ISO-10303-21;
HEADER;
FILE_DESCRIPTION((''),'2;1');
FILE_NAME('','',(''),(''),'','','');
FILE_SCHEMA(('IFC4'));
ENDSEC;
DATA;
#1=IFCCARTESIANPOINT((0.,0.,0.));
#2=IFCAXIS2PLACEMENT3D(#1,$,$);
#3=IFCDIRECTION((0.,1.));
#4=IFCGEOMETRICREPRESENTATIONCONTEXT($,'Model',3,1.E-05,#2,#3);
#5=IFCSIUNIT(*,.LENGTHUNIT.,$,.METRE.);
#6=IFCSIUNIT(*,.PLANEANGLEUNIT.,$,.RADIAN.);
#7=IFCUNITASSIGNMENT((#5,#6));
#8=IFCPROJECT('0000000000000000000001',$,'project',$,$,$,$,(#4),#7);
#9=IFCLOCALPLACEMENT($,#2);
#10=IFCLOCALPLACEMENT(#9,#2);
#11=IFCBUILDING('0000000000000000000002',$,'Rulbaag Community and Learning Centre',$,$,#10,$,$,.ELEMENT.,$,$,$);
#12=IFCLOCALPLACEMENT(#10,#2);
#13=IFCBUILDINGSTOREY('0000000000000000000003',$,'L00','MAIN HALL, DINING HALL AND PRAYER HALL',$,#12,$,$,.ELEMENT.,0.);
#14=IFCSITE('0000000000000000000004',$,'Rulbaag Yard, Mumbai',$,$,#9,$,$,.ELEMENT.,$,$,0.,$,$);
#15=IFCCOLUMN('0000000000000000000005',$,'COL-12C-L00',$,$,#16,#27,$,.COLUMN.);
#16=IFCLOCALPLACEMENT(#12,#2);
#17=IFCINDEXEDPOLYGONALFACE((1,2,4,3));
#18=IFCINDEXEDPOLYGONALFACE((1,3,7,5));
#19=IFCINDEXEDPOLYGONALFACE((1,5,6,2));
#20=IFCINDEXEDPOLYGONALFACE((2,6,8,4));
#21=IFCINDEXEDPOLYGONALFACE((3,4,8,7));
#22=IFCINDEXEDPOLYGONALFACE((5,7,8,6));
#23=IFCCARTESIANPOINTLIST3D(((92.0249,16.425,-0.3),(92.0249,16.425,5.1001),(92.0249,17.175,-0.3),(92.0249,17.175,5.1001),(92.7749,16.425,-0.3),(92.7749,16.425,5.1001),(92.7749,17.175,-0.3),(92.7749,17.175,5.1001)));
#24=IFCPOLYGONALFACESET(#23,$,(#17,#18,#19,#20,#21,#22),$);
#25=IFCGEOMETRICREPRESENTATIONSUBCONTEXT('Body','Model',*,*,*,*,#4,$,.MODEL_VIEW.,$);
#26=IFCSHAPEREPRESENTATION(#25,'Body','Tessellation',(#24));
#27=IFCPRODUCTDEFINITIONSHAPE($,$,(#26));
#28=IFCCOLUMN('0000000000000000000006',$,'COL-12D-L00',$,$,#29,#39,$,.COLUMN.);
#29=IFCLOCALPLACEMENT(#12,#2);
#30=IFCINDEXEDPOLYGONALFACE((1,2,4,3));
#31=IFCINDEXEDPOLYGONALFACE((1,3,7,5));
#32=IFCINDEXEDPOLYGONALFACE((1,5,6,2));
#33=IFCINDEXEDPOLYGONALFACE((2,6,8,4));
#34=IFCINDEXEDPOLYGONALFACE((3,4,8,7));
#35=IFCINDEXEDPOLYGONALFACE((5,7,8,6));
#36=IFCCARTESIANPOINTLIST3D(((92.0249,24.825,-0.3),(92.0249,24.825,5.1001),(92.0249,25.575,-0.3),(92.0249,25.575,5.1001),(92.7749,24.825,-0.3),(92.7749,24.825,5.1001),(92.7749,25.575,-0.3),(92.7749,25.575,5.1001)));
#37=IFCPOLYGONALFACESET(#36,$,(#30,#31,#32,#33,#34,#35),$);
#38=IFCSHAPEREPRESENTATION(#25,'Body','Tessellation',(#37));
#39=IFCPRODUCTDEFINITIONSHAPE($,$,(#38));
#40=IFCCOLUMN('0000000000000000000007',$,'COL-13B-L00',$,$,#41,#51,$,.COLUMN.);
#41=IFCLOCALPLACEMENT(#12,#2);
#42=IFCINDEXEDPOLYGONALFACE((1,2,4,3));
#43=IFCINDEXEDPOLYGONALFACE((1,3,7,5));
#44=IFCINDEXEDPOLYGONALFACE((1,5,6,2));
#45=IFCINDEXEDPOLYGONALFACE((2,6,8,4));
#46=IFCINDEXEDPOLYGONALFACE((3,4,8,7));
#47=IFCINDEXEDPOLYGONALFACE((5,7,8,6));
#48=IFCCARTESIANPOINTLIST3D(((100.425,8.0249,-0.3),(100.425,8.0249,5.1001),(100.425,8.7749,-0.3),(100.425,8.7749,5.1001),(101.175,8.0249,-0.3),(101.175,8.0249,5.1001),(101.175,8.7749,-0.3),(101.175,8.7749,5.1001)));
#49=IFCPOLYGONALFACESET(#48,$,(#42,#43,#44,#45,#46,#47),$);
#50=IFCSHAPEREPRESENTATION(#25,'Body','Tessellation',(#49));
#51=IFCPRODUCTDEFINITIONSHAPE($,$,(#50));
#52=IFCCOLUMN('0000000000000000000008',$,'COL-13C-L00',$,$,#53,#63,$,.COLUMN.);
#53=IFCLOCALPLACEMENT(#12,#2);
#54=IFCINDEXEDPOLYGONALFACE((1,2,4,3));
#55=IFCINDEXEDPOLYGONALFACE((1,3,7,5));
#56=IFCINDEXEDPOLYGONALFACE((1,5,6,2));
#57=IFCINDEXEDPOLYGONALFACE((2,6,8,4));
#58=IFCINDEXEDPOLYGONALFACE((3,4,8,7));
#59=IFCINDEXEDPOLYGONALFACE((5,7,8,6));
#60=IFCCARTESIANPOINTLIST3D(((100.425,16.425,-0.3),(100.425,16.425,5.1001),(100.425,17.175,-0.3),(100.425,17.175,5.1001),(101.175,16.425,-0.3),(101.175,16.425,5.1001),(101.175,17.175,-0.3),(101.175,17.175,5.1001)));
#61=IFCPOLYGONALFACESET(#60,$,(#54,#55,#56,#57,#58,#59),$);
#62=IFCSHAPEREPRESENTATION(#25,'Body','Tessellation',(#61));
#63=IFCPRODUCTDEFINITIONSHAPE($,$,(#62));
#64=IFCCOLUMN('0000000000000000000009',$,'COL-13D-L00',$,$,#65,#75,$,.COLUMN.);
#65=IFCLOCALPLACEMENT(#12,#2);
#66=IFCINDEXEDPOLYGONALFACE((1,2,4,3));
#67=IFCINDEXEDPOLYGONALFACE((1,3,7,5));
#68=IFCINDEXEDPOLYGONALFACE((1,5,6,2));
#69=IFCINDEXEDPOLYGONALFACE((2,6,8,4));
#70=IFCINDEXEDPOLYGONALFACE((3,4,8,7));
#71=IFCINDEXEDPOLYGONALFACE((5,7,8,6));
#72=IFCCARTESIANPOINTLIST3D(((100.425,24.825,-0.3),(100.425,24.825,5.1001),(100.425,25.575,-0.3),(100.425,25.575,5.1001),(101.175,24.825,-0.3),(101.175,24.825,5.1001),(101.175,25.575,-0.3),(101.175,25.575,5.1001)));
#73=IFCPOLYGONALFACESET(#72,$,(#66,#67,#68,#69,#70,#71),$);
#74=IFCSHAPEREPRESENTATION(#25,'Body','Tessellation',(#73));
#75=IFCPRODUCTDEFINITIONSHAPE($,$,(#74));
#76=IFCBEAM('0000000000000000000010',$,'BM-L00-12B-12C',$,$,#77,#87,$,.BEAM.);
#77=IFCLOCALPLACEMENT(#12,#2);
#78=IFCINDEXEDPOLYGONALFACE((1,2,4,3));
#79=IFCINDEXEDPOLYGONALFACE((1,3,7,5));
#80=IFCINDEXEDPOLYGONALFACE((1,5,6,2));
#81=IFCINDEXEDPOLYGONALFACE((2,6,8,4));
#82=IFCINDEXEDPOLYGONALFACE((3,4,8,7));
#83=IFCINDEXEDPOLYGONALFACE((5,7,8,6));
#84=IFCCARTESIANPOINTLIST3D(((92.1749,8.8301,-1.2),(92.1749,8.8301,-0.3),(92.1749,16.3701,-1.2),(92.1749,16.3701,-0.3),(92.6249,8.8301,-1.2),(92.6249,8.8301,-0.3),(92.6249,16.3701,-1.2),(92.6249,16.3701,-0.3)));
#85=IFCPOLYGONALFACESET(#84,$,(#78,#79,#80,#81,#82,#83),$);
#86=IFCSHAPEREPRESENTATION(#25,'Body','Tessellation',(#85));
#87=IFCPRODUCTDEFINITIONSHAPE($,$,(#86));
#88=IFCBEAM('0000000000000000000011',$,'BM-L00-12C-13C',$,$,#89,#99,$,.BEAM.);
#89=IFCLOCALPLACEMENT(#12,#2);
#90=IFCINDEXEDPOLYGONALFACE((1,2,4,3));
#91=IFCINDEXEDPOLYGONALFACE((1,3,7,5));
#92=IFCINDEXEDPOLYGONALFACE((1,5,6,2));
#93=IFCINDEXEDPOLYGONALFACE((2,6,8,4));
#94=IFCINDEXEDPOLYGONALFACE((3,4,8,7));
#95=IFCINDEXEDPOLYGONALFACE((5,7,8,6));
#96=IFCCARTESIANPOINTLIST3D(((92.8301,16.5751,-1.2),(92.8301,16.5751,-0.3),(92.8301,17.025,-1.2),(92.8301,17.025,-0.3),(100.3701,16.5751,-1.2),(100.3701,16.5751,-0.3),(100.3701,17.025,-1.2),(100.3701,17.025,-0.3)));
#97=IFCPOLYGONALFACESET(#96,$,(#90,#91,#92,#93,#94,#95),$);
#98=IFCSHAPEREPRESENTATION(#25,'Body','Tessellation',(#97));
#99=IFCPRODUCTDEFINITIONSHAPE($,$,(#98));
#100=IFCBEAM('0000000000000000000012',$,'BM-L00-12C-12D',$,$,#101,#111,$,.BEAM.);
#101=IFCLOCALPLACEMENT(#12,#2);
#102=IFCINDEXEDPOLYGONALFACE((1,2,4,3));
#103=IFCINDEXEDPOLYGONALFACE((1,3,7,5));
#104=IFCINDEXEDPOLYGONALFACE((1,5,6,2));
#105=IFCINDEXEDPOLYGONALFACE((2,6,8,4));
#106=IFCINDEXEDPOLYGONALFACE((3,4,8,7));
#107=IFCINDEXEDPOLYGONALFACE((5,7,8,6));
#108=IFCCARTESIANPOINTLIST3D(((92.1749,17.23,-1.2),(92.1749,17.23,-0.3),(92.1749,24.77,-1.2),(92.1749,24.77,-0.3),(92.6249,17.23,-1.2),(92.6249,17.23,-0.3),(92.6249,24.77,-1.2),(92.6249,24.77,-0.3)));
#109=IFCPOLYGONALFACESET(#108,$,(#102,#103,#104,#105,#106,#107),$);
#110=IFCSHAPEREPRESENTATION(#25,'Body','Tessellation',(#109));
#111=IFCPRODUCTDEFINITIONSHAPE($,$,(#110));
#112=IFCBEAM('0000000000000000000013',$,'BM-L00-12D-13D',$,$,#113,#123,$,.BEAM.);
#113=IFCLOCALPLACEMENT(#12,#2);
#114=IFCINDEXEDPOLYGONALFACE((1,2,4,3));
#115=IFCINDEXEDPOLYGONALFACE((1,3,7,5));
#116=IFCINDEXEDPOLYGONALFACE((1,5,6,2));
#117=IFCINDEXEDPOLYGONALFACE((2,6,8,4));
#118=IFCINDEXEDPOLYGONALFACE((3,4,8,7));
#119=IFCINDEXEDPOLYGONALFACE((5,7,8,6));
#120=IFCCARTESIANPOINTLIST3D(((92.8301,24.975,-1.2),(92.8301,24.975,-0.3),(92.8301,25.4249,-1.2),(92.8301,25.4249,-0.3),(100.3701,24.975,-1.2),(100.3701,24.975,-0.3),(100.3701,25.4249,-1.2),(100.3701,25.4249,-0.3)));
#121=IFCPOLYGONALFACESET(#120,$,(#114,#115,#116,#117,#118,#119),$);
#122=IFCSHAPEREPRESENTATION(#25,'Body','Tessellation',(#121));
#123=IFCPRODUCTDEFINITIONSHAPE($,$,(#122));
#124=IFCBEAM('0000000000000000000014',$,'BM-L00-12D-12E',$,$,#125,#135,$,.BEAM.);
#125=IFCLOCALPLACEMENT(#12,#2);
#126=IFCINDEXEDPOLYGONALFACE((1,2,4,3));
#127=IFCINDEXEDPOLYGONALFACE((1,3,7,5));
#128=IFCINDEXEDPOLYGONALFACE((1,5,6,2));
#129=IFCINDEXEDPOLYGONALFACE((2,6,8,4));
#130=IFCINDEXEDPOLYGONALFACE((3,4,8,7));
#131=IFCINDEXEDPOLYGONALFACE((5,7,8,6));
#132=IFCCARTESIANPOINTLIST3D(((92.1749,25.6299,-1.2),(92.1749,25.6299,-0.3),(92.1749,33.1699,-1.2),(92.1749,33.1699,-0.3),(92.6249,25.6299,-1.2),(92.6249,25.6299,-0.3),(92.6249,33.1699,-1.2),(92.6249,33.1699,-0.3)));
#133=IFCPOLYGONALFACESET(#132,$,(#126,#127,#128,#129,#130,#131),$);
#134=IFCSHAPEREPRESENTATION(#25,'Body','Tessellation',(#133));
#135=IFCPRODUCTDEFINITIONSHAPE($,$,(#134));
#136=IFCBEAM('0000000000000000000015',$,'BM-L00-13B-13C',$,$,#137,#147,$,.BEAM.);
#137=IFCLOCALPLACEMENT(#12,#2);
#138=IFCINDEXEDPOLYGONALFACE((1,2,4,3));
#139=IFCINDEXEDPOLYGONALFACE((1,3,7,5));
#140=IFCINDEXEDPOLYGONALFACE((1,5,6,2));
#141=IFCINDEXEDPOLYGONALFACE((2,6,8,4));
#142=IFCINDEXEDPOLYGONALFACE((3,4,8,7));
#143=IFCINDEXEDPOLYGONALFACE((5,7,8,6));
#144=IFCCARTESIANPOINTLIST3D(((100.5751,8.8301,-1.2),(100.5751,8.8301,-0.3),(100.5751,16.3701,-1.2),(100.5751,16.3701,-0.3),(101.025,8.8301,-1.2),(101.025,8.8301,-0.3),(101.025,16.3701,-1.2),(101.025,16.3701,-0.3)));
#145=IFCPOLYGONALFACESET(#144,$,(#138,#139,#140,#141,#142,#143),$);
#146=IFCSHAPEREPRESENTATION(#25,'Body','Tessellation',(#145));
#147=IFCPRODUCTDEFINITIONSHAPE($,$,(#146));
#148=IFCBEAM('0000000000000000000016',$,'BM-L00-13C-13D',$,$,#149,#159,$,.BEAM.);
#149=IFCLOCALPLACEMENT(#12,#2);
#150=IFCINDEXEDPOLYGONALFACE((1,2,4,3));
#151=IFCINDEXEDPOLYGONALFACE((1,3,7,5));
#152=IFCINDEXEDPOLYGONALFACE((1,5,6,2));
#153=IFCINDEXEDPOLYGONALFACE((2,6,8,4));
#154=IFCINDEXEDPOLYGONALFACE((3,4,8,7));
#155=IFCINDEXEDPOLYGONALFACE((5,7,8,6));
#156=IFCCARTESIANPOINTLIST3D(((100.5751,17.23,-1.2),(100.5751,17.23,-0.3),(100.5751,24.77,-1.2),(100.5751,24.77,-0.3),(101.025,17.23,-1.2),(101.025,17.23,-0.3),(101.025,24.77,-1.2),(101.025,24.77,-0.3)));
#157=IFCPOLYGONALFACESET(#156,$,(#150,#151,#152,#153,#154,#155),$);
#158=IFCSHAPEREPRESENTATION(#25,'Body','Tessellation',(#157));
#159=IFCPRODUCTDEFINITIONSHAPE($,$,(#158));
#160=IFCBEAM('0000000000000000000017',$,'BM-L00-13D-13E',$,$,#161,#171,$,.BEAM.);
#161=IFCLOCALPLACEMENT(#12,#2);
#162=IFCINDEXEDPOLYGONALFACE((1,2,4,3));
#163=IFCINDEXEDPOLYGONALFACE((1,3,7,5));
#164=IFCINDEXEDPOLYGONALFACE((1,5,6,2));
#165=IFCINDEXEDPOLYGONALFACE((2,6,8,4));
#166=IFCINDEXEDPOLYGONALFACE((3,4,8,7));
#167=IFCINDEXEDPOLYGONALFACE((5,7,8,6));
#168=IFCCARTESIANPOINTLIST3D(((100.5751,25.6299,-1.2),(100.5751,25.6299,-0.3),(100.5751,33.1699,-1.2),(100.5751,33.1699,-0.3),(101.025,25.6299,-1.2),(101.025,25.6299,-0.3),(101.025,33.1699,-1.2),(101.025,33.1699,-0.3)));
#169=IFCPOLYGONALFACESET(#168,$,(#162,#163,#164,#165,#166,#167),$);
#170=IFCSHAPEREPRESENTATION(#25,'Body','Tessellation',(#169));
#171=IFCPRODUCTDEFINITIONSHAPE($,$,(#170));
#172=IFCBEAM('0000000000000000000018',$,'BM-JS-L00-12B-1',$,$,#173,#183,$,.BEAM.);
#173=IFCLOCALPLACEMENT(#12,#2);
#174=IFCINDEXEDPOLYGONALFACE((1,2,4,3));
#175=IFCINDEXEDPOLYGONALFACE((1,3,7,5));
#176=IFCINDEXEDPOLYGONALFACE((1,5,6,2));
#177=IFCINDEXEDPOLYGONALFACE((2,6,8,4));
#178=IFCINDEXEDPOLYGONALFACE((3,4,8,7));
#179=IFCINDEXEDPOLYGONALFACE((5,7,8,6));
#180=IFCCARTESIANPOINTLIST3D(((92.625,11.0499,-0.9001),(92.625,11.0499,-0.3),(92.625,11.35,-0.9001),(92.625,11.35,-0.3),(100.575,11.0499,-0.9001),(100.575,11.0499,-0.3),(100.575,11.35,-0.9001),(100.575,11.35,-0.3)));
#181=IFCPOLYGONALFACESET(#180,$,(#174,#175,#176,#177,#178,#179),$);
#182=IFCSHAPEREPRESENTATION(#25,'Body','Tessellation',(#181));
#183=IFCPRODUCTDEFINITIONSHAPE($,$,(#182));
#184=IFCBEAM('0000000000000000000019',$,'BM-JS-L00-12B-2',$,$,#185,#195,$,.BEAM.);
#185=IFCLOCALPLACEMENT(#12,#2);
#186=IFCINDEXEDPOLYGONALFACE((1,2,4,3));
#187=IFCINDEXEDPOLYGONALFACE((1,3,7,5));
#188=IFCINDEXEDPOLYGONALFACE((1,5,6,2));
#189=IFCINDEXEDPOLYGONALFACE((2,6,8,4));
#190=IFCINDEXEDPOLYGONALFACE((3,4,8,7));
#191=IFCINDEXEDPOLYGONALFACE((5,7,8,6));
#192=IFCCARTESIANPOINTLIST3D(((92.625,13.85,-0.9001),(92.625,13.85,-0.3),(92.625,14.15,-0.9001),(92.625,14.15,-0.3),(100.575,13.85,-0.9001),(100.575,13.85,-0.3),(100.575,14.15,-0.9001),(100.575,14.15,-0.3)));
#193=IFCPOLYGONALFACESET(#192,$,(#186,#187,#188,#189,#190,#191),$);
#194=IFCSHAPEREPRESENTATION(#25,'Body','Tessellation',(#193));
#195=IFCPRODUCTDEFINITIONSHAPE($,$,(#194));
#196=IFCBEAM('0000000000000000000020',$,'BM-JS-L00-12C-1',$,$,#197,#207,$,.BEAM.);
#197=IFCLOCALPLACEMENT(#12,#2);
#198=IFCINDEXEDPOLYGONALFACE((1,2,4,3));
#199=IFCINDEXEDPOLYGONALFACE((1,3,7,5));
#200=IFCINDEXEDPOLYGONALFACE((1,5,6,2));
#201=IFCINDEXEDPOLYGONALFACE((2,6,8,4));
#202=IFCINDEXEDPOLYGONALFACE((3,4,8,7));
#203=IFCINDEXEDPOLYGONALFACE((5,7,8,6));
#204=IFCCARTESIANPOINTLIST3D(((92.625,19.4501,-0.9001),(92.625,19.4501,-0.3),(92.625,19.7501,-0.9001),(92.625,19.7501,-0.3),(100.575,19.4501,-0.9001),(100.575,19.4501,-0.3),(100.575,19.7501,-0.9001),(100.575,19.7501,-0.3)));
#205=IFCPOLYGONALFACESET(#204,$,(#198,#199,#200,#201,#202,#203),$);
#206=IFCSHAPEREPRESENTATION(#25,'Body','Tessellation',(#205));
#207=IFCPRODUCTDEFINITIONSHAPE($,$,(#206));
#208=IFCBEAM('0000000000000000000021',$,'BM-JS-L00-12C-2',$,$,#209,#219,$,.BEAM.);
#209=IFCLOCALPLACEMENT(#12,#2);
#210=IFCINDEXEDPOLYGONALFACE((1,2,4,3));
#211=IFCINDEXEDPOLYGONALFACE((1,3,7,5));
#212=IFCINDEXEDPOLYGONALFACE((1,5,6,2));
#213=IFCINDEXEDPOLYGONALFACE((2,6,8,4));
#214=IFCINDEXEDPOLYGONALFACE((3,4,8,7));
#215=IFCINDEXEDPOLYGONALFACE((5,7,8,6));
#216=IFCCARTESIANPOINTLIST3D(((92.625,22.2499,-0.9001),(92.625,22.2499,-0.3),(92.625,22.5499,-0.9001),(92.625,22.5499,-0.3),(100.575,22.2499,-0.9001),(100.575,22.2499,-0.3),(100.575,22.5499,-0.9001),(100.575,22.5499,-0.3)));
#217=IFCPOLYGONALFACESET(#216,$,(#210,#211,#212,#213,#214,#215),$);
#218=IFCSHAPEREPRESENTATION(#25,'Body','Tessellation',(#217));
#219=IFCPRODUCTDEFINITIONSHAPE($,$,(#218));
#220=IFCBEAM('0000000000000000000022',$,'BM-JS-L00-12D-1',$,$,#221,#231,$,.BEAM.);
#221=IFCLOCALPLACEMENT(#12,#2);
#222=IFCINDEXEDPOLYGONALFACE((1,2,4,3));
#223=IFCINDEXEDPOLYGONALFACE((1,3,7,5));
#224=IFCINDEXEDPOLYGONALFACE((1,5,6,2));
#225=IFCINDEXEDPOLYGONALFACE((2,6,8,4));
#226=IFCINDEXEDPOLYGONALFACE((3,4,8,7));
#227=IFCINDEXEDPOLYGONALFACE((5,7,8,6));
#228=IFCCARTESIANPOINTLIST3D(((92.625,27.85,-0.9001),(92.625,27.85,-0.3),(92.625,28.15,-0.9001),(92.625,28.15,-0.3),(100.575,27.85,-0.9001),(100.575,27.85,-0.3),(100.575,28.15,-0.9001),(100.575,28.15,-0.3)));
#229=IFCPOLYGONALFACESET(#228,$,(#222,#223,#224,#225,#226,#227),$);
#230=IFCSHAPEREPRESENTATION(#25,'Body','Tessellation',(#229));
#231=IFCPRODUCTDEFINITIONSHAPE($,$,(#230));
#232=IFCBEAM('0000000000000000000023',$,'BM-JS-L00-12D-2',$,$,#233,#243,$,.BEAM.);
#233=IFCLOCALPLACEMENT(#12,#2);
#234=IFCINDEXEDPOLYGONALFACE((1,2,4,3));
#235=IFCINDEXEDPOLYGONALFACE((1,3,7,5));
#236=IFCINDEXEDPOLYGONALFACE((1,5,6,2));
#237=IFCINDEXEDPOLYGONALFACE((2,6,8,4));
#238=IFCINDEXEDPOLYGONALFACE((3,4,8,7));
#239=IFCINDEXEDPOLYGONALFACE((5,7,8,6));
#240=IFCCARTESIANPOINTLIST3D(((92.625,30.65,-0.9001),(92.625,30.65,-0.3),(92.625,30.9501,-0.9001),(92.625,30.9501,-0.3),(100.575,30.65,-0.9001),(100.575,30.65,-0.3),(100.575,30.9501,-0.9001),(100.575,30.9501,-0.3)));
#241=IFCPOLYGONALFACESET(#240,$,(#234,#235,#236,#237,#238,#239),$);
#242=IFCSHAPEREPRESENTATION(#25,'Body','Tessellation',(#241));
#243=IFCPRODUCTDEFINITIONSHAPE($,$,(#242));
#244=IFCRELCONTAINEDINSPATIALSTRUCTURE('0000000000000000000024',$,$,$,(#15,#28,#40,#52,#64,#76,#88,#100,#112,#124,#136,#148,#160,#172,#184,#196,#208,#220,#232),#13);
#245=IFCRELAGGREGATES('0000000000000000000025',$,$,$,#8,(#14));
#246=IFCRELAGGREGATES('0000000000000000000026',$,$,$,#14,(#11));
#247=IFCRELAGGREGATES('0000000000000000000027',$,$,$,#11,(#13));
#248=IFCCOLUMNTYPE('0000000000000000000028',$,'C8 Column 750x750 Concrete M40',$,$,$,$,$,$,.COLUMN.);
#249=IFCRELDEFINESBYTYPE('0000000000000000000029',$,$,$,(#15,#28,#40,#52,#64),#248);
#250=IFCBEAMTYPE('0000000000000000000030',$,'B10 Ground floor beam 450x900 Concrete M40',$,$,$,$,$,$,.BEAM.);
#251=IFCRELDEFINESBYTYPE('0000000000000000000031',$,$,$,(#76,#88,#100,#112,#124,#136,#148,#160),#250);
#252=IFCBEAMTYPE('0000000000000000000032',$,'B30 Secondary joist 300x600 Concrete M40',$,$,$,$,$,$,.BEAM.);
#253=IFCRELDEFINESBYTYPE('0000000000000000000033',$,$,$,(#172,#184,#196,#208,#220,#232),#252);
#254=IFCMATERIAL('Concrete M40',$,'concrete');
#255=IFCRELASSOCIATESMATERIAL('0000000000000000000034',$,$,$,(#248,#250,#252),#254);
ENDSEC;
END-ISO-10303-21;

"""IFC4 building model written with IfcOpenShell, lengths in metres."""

from ifc_helpers import new_model, si_unit, direction, frame, origin, origin_2d, place, context, subcontext, project, spatial, rectangle, extrude, material, material_profile, profile_set, type_object, element, save


model = new_model("IFC4")

# Units and contexts
model_context = context("Model", 3, precision=1e-05, world=origin(), true_north=direction((0.0, 1.0)))
body_context = subcontext(model_context, "Body", "Model", "MODEL_VIEW")
ifc_project = project(units=[si_unit("LENGTHUNIT", "METRE"), si_unit("PLANEANGLEUNIT", "RADIAN")], contexts=[model_context])

# Site, building, storey
site_placement = place(None, origin())
site = spatial("IfcSite", under=ifc_project, at=site_placement, Name="Rulbaag Yard, Mumbai", CompositionType="ELEMENT", RefElevation=0.0)
building_placement = place(site_placement, origin())
building = spatial("IfcBuilding", under=site, at=building_placement, Name="Rulbaag Community and Learning Centre", CompositionType="ELEMENT")
storey_placement = place(building_placement, origin())
storey = spatial("IfcBuildingStorey", under=building, at=storey_placement, Name="L00", Description="MAIN HALL, DINING HALL AND PRAYER HALL", CompositionType="ELEMENT", Elevation=0.0)

# Columns
ifc_material_1 = material(Name="Concrete M40", Category="concrete")
ifc_material_profile_1 = material_profile(ifc_material_1, rectangle(XDim=0.75, YDim=0.75, at=origin_2d()), Name="RC750x750")
ifc_profile_set_1 = profile_set([ifc_material_profile_1], Name="Concrete M40")
column_type = type_object("IfcColumnType", Name="C8 Column 750x750 Concrete M40", PredefinedType="COLUMN", material=ifc_profile_set_1)
for number, where, z_axis, x_axis, name in (
    (1, (92.3999, 16.8, -0.3), (0.0, 0.0, 1.0), (1.0, 0.0, 0.0), "COL-12C-L00"),
    (2, (92.3999, 25.2, -0.3), (0.0, 0.0, 1.0), (1.0, 0.0, 0.0), "COL-12D-L00"),
    (3, (100.8, 8.3999, -0.3), (0.0, 0.0, 1.0), (1.0, 0.0, 0.0), "COL-13B-L00"),
    (4, (100.8, 16.8, -0.3), (0.0, 0.0, 1.0), (1.0, 0.0, 0.0), "COL-13C-L00"),
    (5, (100.8, 25.2, -0.3), (0.0, 0.0, 1.0), (1.0, 0.0, 0.0), "COL-13D-L00"),
):
    element("IfcColumn", number, at=place(storey_placement, frame(where, z_axis=z_axis, x_axis=x_axis)), inside=storey, type_object=column_type, Name=name, PredefinedType="COLUMN", context=body_context, shape_type="SweptSolid", body=[
        extrude(rectangle(XDim=0.75, YDim=0.75, at=origin_2d()), origin(), (0.0, 0.0, 1.0), 5.4001),
    ])

# Beams
ifc_material_profile_2 = material_profile(ifc_material_1, rectangle(XDim=0.45, YDim=0.8999, at=origin_2d()), Name="RB450x900")
ifc_profile_set_2 = profile_set([ifc_material_profile_2], Name="Concrete M40")
beam_type_1 = type_object("IfcBeamType", Name="B10 Ground floor beam 450x900 Concrete M40", PredefinedType="BEAM", material=ifc_profile_set_2)
for number, where, z_axis, x_axis, name in (
    (6, (92.3999, 8.8301, -0.75), (0.0, 1.0, 0.0), (-1.0, 0.0, 0.0), "BM-L00-12B-12C"),
    (7, (92.8301, 16.8, -0.75), (1.0, 0.0, 0.0), (0.0, 1.0, 0.0), "BM-L00-12C-13C"),
    (8, (92.3999, 17.23, -0.75), (0.0, 1.0, 0.0), (-1.0, 0.0, 0.0), "BM-L00-12C-12D"),
    (9, (92.8301, 25.2, -0.75), (1.0, 0.0, 0.0), (0.0, 1.0, 0.0), "BM-L00-12D-13D"),
    (10, (92.3999, 25.6299, -0.75), (0.0, 1.0, 0.0), (-1.0, 0.0, 0.0), "BM-L00-12D-12E"),
    (11, (100.8, 8.8301, -0.75), (0.0, 1.0, 0.0), (-1.0, 0.0, 0.0), "BM-L00-13B-13C"),
    (12, (100.8, 17.23, -0.75), (0.0, 1.0, 0.0), (-1.0, 0.0, 0.0), "BM-L00-13C-13D"),
    (13, (100.8, 25.6299, -0.75), (0.0, 1.0, 0.0), (-1.0, 0.0, 0.0), "BM-L00-13D-13E"),
):
    element("IfcBeam", number, at=place(storey_placement, frame(where, z_axis=z_axis, x_axis=x_axis)), inside=storey, type_object=beam_type_1, Name=name, PredefinedType="BEAM", context=body_context, shape_type="SweptSolid", body=[
        extrude(rectangle(XDim=0.45, YDim=0.8999, at=origin_2d()), origin(), (0.0, 0.0, 1.0), 7.54),
    ])
ifc_material_profile_3 = material_profile(ifc_material_1, rectangle(XDim=0.3, YDim=0.6001, at=origin_2d()), Name="RB300x600")
ifc_profile_set_3 = profile_set([ifc_material_profile_3], Name="Concrete M40")
beam_type_2 = type_object("IfcBeamType", Name="B30 Secondary joist 300x600 Concrete M40", PredefinedType="BEAM", material=ifc_profile_set_3)
for number, where, z_axis, x_axis, name in (
    (14, (92.625, 11.2, -0.6001), (1.0, 0.0, 0.0), (0.0, 1.0, 0.0), "BM-JS-L00-12B-1"),
    (15, (92.625, 14.0, -0.6001), (1.0, 0.0, 0.0), (0.0, 1.0, 0.0), "BM-JS-L00-12B-2"),
    (16, (92.625, 19.6001, -0.6001), (1.0, 0.0, 0.0), (0.0, 1.0, 0.0), "BM-JS-L00-12C-1"),
    (17, (92.625, 22.3999, -0.6001), (1.0, 0.0, 0.0), (0.0, 1.0, 0.0), "BM-JS-L00-12C-2"),
    (18, (92.625, 28.0, -0.6001), (1.0, 0.0, 0.0), (0.0, 1.0, 0.0), "BM-JS-L00-12D-1"),
    (19, (92.625, 30.8, -0.6001), (1.0, 0.0, 0.0), (0.0, 1.0, 0.0), "BM-JS-L00-12D-2"),
):
    element("IfcBeam", number, at=place(storey_placement, frame(where, z_axis=z_axis, x_axis=x_axis)), inside=storey, type_object=beam_type_2, Name=name, PredefinedType="BEAM", context=body_context, shape_type="SweptSolid", body=[
        extrude(rectangle(XDim=0.3, YDim=0.6001, at=origin_2d()), origin(), (0.0, 0.0, 1.0), 7.95),
    ])

save(model, "model.ifc")
